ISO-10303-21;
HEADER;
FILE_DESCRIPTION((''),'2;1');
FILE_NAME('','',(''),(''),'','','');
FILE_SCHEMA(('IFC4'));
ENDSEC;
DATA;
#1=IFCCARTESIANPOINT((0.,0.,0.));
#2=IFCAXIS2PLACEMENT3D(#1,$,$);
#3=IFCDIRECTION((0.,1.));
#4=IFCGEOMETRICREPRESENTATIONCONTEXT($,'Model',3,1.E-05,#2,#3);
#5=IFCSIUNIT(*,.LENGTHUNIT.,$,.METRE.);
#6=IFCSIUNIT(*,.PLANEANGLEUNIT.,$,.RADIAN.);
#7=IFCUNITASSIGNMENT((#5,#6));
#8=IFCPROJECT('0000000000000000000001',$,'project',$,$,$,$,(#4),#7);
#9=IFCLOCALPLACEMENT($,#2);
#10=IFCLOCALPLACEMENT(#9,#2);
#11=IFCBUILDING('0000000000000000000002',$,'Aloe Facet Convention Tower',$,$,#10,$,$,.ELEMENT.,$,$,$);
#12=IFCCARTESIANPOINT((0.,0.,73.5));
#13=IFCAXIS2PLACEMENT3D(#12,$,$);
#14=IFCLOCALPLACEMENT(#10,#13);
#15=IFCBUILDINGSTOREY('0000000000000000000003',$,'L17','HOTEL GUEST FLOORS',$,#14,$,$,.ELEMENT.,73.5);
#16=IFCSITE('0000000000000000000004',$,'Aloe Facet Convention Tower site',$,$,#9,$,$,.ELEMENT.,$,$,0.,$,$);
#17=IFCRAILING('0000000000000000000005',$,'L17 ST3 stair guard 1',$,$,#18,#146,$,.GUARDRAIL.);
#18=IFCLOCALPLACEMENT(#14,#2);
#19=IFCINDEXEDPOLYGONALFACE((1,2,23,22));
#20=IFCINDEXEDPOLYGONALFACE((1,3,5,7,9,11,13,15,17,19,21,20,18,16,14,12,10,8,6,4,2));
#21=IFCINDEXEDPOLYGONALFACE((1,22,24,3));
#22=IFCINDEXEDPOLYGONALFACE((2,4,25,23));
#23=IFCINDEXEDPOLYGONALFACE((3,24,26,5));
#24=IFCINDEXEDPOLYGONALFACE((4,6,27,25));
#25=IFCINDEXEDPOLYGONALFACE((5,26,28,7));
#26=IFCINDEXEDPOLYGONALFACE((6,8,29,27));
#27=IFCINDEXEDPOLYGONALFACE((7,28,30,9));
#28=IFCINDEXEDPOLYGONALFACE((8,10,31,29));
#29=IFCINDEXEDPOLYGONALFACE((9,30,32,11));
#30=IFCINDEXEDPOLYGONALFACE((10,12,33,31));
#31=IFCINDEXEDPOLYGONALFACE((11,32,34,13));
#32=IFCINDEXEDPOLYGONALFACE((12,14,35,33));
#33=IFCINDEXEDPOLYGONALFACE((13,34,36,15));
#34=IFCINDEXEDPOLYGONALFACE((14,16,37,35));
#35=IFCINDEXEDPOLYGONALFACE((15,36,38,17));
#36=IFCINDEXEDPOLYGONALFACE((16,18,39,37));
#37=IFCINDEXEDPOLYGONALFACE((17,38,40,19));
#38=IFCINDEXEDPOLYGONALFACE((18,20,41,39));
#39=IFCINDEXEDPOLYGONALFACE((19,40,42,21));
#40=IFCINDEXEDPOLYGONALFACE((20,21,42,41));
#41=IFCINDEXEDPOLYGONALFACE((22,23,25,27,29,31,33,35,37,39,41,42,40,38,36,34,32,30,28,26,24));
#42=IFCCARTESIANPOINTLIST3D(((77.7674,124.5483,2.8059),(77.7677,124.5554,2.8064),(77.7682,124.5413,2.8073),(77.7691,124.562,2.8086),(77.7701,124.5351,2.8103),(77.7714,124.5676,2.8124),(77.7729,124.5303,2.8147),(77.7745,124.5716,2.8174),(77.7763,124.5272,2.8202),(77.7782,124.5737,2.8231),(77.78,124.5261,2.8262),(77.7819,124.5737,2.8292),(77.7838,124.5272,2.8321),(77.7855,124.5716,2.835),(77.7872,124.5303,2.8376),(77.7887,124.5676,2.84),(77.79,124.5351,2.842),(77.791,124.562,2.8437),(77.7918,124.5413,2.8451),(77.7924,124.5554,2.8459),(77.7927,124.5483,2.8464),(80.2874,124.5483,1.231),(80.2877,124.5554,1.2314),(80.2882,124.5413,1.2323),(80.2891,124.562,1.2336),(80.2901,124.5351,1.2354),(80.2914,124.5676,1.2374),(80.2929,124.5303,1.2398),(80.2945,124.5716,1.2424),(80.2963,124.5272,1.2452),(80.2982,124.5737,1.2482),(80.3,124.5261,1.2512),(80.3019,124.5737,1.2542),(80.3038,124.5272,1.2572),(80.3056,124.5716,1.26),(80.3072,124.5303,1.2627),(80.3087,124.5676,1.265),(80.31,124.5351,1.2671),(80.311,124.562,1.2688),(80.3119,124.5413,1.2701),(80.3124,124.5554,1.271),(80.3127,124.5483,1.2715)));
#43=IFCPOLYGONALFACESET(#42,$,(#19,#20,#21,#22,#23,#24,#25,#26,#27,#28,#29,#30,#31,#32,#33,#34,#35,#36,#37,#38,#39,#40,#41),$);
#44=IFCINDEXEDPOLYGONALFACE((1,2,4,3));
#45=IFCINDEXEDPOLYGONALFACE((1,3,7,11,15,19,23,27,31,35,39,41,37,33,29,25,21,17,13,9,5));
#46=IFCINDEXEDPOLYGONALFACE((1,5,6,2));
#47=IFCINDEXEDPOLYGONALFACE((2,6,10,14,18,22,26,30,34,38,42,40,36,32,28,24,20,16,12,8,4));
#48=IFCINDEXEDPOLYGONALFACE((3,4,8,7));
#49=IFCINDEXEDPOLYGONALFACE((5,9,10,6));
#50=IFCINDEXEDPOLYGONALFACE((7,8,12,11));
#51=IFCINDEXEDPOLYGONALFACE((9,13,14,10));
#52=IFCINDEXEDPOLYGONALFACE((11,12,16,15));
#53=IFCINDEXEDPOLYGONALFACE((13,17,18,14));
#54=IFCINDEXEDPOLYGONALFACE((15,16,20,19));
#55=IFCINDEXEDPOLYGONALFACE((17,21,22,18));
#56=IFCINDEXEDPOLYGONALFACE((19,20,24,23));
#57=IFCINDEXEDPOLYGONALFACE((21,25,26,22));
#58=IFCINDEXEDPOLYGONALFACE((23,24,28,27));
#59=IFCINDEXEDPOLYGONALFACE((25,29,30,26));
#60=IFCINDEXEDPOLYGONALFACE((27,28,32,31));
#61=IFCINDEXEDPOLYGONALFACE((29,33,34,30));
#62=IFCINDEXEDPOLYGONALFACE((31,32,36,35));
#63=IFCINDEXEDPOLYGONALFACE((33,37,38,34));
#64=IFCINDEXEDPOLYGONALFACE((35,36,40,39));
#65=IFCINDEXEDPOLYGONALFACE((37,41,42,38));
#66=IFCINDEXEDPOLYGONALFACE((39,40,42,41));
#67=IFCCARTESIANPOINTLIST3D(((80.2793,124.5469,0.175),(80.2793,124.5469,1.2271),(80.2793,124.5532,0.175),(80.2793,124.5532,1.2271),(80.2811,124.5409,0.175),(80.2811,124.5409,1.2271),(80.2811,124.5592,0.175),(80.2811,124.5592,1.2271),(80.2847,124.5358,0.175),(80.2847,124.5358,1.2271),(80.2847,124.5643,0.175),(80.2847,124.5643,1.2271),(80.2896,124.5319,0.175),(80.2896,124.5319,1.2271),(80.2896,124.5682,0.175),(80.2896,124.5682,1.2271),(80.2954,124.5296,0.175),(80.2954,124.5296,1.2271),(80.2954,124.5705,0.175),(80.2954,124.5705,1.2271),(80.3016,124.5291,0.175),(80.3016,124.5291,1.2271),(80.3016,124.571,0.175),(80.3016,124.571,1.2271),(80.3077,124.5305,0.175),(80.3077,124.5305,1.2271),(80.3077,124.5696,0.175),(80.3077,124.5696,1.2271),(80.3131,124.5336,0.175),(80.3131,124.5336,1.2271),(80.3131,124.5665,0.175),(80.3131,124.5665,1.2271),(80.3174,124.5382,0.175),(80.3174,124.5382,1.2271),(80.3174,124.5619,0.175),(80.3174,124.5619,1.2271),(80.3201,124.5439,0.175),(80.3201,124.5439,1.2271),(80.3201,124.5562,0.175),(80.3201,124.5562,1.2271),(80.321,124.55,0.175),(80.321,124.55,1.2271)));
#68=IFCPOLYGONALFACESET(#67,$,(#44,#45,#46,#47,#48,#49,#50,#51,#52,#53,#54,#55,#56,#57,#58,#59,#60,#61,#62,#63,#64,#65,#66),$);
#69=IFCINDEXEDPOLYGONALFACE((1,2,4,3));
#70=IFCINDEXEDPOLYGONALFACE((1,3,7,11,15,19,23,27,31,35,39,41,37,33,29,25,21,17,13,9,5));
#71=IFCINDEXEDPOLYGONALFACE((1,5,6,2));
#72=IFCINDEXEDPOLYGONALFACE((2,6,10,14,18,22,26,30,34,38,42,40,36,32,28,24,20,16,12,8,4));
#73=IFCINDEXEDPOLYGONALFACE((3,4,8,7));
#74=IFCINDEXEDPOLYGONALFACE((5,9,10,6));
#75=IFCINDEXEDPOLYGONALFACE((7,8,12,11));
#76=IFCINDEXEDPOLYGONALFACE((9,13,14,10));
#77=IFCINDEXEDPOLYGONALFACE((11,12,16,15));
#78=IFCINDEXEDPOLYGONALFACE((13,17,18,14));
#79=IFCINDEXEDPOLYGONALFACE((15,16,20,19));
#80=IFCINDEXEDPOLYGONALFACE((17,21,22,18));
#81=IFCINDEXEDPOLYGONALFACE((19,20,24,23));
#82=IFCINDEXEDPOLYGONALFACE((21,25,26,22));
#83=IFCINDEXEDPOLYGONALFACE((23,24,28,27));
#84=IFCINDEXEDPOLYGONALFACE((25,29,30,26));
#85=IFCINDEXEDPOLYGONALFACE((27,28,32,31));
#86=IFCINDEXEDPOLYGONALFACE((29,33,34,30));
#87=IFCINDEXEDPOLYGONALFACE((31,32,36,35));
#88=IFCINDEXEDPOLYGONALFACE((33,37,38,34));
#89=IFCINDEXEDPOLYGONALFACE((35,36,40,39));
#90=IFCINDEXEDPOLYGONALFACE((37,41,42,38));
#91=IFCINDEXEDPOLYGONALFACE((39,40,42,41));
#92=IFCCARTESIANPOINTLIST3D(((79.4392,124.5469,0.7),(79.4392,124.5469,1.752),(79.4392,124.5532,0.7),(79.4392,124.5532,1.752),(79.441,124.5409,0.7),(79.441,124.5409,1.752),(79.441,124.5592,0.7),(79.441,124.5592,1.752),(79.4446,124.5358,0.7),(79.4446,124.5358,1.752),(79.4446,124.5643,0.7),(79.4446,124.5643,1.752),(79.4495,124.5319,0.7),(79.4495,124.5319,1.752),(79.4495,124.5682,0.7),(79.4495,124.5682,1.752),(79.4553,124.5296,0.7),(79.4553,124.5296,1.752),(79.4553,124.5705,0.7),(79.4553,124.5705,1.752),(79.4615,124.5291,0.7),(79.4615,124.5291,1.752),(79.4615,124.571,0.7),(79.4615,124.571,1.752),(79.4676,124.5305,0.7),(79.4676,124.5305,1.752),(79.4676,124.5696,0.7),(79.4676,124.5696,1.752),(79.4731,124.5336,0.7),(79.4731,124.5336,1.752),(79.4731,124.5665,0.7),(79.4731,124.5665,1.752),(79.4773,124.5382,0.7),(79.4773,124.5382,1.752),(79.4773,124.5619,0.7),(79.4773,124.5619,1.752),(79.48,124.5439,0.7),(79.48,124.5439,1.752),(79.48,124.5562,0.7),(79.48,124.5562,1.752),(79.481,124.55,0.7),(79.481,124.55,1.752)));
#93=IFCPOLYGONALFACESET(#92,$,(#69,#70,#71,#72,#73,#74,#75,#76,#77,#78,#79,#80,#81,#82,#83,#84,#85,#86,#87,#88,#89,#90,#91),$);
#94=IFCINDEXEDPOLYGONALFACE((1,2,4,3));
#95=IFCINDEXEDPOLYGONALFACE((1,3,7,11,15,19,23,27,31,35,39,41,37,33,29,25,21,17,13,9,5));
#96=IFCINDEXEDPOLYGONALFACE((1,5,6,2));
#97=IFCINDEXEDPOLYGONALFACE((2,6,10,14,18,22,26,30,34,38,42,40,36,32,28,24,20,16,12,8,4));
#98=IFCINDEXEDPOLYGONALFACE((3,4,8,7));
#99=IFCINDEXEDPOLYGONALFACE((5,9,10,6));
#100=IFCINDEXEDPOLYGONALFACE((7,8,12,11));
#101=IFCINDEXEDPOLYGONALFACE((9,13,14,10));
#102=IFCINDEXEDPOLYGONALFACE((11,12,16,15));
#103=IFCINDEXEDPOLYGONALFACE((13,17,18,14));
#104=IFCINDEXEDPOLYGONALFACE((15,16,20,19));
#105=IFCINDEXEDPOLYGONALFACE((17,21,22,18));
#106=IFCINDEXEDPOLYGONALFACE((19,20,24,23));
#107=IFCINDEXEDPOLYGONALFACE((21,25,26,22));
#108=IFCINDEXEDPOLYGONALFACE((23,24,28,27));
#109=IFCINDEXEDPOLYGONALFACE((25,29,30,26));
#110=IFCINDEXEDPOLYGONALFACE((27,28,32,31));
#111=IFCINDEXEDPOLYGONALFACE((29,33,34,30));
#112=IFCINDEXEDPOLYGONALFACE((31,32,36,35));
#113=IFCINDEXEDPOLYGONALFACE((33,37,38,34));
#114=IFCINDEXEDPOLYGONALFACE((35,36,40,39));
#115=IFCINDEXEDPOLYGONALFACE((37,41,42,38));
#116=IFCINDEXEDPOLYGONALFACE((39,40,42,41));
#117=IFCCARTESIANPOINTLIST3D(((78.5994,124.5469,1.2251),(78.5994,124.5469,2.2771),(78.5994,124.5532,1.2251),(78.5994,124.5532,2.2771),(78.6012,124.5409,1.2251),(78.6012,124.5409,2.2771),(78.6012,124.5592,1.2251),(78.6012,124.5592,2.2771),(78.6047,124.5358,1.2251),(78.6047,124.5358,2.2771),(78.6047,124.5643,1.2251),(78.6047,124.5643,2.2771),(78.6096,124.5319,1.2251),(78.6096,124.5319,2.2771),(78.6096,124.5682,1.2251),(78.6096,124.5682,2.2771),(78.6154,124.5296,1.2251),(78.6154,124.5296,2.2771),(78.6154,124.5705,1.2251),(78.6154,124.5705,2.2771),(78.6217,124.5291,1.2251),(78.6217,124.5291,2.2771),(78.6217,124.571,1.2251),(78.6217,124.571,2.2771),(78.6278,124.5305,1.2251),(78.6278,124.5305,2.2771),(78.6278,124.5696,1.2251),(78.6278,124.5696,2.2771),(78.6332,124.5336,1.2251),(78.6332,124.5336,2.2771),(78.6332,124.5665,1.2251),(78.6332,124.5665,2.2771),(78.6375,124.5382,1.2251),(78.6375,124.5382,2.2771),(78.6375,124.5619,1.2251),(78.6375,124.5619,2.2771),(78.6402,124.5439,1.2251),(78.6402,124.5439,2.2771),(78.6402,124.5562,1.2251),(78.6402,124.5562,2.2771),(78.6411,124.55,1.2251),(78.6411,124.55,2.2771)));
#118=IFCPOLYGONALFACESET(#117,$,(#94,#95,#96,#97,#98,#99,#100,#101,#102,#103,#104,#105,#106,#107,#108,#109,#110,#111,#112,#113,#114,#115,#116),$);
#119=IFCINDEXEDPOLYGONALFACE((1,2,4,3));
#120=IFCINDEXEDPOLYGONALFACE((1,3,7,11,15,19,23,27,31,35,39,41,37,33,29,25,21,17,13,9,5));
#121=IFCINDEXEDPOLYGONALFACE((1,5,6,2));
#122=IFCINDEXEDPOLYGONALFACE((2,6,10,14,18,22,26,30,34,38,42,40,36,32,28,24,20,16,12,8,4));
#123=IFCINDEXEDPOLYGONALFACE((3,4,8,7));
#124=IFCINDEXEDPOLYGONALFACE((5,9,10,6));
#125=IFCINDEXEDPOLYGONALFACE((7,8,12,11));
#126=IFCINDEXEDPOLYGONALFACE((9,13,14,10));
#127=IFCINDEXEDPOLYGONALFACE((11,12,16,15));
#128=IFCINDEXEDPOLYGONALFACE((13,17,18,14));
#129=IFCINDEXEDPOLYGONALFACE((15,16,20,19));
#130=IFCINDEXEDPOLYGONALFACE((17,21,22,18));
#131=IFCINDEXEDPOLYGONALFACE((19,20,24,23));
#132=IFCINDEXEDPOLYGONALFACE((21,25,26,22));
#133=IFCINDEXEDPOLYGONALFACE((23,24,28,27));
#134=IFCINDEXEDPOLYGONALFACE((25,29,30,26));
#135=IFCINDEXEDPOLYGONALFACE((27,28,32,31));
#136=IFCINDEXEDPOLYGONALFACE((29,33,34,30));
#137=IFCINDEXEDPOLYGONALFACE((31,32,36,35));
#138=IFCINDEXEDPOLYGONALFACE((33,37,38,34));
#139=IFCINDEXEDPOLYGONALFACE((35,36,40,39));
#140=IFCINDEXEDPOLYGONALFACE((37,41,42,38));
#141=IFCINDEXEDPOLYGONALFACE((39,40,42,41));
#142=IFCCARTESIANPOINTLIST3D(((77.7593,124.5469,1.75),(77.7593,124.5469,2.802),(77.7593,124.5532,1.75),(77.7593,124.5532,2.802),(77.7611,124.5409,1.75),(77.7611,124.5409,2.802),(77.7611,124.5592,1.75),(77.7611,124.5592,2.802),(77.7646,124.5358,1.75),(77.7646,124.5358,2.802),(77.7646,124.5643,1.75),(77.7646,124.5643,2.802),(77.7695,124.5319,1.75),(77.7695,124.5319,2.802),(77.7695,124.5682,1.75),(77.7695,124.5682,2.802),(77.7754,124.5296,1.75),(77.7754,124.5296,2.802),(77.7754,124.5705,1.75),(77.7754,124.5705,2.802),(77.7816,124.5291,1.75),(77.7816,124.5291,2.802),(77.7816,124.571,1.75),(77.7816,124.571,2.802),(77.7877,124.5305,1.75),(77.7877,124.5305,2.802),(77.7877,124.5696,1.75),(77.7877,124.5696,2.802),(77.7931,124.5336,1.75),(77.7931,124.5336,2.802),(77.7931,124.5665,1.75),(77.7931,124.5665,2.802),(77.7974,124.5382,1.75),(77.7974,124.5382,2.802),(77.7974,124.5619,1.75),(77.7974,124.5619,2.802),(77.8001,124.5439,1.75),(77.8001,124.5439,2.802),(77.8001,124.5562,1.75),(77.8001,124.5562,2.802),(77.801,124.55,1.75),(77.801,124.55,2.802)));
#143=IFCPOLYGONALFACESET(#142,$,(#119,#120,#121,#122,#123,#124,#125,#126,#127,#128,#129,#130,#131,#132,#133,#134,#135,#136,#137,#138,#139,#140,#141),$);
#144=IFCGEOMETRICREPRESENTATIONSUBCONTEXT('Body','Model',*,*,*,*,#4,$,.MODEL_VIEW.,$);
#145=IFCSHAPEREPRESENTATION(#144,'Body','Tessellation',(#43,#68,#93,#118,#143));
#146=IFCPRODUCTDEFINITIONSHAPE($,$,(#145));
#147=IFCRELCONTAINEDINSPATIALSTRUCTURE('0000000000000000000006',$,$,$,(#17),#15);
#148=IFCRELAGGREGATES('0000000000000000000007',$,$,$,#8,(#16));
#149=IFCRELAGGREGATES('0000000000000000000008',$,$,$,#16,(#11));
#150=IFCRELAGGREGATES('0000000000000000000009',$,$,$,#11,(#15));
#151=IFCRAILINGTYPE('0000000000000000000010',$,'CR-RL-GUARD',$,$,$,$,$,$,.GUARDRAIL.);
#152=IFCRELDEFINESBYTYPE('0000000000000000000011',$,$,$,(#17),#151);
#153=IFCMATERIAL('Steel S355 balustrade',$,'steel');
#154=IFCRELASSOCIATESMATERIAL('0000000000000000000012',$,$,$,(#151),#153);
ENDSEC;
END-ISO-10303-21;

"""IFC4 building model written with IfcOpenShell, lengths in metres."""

from ifc_helpers import new_model, si_unit, direction, frame, origin, origin_2d, place, context, subcontext, project, spatial, circle, extrude, material, type_object, element, save


model = new_model("IFC4")

# Units and contexts
model_context = context("Model", 3, precision=1e-05, world=origin(), true_north=direction((0.0, 1.0)))
body_context = subcontext(model_context, "Body", "Model", "MODEL_VIEW")
ifc_project = project(units=[si_unit("LENGTHUNIT", "METRE"), si_unit("PLANEANGLEUNIT", "RADIAN")], contexts=[model_context])

# Site, building, storey
site_placement = place(None, origin())
site = spatial("IfcSite", under=ifc_project, at=site_placement, Name="Aloe Facet Convention Tower site", CompositionType="ELEMENT", RefElevation=0.0)
building_placement = place(site_placement, origin())
building = spatial("IfcBuilding", under=site, at=building_placement, Name="Aloe Facet Convention Tower", CompositionType="ELEMENT")
storey_placement = place(building_placement, frame((0.0, 0.0, 73.5)))
storey = spatial("IfcBuildingStorey", under=building, at=storey_placement, Name="L17", Description="HOTEL GUEST FLOORS", CompositionType="ELEMENT", Elevation=73.5)

# Railing
ifc_material_1 = material(Name="Steel S355 balustrade", Category="steel")
railing_type_1 = type_object("IfcRailingType", Name="CR-RL-GUARD", PredefinedType="GUARDRAIL", material=ifc_material_1)
railing_1_placement = place(storey_placement, frame((80.3, 124.55, 0.175)))
element("IfcRailing", 1, at=railing_1_placement, inside=storey, type_object=railing_type_1, Name="L17 ST3 stair guard 1", PredefinedType="GUARDRAIL", context=body_context, shape_type="SweptSolid", body=[
    extrude(circle(Radius=0.0239, at=origin_2d()), frame((0.0, 0.0, 1.0762), z_axis=(-0.848008, 0.0, 0.529984), x_axis=(0.0, -1.0, 0.0)), (0.0, 0.0, 1.0), 2.9717),
    extrude(circle(Radius=0.021, at=origin_2d()), origin(), (0.0, 0.0, 1.0), 1.052),
    extrude(circle(Radius=0.021, at=origin_2d()), frame((-0.8401, 0.0, 0.5249)), (0.0, 0.0, 1.0), 1.052),
    extrude(circle(Radius=0.021, at=origin_2d()), frame((-1.6799, 0.0, 1.05)), (0.0, 0.0, 1.0), 1.052),
    extrude(circle(Radius=0.021, at=origin_2d()), frame((-2.52, 0.0, 1.575)), (0.0, 0.0, 1.0), 1.052),
])

save(model, "model.ifc")
